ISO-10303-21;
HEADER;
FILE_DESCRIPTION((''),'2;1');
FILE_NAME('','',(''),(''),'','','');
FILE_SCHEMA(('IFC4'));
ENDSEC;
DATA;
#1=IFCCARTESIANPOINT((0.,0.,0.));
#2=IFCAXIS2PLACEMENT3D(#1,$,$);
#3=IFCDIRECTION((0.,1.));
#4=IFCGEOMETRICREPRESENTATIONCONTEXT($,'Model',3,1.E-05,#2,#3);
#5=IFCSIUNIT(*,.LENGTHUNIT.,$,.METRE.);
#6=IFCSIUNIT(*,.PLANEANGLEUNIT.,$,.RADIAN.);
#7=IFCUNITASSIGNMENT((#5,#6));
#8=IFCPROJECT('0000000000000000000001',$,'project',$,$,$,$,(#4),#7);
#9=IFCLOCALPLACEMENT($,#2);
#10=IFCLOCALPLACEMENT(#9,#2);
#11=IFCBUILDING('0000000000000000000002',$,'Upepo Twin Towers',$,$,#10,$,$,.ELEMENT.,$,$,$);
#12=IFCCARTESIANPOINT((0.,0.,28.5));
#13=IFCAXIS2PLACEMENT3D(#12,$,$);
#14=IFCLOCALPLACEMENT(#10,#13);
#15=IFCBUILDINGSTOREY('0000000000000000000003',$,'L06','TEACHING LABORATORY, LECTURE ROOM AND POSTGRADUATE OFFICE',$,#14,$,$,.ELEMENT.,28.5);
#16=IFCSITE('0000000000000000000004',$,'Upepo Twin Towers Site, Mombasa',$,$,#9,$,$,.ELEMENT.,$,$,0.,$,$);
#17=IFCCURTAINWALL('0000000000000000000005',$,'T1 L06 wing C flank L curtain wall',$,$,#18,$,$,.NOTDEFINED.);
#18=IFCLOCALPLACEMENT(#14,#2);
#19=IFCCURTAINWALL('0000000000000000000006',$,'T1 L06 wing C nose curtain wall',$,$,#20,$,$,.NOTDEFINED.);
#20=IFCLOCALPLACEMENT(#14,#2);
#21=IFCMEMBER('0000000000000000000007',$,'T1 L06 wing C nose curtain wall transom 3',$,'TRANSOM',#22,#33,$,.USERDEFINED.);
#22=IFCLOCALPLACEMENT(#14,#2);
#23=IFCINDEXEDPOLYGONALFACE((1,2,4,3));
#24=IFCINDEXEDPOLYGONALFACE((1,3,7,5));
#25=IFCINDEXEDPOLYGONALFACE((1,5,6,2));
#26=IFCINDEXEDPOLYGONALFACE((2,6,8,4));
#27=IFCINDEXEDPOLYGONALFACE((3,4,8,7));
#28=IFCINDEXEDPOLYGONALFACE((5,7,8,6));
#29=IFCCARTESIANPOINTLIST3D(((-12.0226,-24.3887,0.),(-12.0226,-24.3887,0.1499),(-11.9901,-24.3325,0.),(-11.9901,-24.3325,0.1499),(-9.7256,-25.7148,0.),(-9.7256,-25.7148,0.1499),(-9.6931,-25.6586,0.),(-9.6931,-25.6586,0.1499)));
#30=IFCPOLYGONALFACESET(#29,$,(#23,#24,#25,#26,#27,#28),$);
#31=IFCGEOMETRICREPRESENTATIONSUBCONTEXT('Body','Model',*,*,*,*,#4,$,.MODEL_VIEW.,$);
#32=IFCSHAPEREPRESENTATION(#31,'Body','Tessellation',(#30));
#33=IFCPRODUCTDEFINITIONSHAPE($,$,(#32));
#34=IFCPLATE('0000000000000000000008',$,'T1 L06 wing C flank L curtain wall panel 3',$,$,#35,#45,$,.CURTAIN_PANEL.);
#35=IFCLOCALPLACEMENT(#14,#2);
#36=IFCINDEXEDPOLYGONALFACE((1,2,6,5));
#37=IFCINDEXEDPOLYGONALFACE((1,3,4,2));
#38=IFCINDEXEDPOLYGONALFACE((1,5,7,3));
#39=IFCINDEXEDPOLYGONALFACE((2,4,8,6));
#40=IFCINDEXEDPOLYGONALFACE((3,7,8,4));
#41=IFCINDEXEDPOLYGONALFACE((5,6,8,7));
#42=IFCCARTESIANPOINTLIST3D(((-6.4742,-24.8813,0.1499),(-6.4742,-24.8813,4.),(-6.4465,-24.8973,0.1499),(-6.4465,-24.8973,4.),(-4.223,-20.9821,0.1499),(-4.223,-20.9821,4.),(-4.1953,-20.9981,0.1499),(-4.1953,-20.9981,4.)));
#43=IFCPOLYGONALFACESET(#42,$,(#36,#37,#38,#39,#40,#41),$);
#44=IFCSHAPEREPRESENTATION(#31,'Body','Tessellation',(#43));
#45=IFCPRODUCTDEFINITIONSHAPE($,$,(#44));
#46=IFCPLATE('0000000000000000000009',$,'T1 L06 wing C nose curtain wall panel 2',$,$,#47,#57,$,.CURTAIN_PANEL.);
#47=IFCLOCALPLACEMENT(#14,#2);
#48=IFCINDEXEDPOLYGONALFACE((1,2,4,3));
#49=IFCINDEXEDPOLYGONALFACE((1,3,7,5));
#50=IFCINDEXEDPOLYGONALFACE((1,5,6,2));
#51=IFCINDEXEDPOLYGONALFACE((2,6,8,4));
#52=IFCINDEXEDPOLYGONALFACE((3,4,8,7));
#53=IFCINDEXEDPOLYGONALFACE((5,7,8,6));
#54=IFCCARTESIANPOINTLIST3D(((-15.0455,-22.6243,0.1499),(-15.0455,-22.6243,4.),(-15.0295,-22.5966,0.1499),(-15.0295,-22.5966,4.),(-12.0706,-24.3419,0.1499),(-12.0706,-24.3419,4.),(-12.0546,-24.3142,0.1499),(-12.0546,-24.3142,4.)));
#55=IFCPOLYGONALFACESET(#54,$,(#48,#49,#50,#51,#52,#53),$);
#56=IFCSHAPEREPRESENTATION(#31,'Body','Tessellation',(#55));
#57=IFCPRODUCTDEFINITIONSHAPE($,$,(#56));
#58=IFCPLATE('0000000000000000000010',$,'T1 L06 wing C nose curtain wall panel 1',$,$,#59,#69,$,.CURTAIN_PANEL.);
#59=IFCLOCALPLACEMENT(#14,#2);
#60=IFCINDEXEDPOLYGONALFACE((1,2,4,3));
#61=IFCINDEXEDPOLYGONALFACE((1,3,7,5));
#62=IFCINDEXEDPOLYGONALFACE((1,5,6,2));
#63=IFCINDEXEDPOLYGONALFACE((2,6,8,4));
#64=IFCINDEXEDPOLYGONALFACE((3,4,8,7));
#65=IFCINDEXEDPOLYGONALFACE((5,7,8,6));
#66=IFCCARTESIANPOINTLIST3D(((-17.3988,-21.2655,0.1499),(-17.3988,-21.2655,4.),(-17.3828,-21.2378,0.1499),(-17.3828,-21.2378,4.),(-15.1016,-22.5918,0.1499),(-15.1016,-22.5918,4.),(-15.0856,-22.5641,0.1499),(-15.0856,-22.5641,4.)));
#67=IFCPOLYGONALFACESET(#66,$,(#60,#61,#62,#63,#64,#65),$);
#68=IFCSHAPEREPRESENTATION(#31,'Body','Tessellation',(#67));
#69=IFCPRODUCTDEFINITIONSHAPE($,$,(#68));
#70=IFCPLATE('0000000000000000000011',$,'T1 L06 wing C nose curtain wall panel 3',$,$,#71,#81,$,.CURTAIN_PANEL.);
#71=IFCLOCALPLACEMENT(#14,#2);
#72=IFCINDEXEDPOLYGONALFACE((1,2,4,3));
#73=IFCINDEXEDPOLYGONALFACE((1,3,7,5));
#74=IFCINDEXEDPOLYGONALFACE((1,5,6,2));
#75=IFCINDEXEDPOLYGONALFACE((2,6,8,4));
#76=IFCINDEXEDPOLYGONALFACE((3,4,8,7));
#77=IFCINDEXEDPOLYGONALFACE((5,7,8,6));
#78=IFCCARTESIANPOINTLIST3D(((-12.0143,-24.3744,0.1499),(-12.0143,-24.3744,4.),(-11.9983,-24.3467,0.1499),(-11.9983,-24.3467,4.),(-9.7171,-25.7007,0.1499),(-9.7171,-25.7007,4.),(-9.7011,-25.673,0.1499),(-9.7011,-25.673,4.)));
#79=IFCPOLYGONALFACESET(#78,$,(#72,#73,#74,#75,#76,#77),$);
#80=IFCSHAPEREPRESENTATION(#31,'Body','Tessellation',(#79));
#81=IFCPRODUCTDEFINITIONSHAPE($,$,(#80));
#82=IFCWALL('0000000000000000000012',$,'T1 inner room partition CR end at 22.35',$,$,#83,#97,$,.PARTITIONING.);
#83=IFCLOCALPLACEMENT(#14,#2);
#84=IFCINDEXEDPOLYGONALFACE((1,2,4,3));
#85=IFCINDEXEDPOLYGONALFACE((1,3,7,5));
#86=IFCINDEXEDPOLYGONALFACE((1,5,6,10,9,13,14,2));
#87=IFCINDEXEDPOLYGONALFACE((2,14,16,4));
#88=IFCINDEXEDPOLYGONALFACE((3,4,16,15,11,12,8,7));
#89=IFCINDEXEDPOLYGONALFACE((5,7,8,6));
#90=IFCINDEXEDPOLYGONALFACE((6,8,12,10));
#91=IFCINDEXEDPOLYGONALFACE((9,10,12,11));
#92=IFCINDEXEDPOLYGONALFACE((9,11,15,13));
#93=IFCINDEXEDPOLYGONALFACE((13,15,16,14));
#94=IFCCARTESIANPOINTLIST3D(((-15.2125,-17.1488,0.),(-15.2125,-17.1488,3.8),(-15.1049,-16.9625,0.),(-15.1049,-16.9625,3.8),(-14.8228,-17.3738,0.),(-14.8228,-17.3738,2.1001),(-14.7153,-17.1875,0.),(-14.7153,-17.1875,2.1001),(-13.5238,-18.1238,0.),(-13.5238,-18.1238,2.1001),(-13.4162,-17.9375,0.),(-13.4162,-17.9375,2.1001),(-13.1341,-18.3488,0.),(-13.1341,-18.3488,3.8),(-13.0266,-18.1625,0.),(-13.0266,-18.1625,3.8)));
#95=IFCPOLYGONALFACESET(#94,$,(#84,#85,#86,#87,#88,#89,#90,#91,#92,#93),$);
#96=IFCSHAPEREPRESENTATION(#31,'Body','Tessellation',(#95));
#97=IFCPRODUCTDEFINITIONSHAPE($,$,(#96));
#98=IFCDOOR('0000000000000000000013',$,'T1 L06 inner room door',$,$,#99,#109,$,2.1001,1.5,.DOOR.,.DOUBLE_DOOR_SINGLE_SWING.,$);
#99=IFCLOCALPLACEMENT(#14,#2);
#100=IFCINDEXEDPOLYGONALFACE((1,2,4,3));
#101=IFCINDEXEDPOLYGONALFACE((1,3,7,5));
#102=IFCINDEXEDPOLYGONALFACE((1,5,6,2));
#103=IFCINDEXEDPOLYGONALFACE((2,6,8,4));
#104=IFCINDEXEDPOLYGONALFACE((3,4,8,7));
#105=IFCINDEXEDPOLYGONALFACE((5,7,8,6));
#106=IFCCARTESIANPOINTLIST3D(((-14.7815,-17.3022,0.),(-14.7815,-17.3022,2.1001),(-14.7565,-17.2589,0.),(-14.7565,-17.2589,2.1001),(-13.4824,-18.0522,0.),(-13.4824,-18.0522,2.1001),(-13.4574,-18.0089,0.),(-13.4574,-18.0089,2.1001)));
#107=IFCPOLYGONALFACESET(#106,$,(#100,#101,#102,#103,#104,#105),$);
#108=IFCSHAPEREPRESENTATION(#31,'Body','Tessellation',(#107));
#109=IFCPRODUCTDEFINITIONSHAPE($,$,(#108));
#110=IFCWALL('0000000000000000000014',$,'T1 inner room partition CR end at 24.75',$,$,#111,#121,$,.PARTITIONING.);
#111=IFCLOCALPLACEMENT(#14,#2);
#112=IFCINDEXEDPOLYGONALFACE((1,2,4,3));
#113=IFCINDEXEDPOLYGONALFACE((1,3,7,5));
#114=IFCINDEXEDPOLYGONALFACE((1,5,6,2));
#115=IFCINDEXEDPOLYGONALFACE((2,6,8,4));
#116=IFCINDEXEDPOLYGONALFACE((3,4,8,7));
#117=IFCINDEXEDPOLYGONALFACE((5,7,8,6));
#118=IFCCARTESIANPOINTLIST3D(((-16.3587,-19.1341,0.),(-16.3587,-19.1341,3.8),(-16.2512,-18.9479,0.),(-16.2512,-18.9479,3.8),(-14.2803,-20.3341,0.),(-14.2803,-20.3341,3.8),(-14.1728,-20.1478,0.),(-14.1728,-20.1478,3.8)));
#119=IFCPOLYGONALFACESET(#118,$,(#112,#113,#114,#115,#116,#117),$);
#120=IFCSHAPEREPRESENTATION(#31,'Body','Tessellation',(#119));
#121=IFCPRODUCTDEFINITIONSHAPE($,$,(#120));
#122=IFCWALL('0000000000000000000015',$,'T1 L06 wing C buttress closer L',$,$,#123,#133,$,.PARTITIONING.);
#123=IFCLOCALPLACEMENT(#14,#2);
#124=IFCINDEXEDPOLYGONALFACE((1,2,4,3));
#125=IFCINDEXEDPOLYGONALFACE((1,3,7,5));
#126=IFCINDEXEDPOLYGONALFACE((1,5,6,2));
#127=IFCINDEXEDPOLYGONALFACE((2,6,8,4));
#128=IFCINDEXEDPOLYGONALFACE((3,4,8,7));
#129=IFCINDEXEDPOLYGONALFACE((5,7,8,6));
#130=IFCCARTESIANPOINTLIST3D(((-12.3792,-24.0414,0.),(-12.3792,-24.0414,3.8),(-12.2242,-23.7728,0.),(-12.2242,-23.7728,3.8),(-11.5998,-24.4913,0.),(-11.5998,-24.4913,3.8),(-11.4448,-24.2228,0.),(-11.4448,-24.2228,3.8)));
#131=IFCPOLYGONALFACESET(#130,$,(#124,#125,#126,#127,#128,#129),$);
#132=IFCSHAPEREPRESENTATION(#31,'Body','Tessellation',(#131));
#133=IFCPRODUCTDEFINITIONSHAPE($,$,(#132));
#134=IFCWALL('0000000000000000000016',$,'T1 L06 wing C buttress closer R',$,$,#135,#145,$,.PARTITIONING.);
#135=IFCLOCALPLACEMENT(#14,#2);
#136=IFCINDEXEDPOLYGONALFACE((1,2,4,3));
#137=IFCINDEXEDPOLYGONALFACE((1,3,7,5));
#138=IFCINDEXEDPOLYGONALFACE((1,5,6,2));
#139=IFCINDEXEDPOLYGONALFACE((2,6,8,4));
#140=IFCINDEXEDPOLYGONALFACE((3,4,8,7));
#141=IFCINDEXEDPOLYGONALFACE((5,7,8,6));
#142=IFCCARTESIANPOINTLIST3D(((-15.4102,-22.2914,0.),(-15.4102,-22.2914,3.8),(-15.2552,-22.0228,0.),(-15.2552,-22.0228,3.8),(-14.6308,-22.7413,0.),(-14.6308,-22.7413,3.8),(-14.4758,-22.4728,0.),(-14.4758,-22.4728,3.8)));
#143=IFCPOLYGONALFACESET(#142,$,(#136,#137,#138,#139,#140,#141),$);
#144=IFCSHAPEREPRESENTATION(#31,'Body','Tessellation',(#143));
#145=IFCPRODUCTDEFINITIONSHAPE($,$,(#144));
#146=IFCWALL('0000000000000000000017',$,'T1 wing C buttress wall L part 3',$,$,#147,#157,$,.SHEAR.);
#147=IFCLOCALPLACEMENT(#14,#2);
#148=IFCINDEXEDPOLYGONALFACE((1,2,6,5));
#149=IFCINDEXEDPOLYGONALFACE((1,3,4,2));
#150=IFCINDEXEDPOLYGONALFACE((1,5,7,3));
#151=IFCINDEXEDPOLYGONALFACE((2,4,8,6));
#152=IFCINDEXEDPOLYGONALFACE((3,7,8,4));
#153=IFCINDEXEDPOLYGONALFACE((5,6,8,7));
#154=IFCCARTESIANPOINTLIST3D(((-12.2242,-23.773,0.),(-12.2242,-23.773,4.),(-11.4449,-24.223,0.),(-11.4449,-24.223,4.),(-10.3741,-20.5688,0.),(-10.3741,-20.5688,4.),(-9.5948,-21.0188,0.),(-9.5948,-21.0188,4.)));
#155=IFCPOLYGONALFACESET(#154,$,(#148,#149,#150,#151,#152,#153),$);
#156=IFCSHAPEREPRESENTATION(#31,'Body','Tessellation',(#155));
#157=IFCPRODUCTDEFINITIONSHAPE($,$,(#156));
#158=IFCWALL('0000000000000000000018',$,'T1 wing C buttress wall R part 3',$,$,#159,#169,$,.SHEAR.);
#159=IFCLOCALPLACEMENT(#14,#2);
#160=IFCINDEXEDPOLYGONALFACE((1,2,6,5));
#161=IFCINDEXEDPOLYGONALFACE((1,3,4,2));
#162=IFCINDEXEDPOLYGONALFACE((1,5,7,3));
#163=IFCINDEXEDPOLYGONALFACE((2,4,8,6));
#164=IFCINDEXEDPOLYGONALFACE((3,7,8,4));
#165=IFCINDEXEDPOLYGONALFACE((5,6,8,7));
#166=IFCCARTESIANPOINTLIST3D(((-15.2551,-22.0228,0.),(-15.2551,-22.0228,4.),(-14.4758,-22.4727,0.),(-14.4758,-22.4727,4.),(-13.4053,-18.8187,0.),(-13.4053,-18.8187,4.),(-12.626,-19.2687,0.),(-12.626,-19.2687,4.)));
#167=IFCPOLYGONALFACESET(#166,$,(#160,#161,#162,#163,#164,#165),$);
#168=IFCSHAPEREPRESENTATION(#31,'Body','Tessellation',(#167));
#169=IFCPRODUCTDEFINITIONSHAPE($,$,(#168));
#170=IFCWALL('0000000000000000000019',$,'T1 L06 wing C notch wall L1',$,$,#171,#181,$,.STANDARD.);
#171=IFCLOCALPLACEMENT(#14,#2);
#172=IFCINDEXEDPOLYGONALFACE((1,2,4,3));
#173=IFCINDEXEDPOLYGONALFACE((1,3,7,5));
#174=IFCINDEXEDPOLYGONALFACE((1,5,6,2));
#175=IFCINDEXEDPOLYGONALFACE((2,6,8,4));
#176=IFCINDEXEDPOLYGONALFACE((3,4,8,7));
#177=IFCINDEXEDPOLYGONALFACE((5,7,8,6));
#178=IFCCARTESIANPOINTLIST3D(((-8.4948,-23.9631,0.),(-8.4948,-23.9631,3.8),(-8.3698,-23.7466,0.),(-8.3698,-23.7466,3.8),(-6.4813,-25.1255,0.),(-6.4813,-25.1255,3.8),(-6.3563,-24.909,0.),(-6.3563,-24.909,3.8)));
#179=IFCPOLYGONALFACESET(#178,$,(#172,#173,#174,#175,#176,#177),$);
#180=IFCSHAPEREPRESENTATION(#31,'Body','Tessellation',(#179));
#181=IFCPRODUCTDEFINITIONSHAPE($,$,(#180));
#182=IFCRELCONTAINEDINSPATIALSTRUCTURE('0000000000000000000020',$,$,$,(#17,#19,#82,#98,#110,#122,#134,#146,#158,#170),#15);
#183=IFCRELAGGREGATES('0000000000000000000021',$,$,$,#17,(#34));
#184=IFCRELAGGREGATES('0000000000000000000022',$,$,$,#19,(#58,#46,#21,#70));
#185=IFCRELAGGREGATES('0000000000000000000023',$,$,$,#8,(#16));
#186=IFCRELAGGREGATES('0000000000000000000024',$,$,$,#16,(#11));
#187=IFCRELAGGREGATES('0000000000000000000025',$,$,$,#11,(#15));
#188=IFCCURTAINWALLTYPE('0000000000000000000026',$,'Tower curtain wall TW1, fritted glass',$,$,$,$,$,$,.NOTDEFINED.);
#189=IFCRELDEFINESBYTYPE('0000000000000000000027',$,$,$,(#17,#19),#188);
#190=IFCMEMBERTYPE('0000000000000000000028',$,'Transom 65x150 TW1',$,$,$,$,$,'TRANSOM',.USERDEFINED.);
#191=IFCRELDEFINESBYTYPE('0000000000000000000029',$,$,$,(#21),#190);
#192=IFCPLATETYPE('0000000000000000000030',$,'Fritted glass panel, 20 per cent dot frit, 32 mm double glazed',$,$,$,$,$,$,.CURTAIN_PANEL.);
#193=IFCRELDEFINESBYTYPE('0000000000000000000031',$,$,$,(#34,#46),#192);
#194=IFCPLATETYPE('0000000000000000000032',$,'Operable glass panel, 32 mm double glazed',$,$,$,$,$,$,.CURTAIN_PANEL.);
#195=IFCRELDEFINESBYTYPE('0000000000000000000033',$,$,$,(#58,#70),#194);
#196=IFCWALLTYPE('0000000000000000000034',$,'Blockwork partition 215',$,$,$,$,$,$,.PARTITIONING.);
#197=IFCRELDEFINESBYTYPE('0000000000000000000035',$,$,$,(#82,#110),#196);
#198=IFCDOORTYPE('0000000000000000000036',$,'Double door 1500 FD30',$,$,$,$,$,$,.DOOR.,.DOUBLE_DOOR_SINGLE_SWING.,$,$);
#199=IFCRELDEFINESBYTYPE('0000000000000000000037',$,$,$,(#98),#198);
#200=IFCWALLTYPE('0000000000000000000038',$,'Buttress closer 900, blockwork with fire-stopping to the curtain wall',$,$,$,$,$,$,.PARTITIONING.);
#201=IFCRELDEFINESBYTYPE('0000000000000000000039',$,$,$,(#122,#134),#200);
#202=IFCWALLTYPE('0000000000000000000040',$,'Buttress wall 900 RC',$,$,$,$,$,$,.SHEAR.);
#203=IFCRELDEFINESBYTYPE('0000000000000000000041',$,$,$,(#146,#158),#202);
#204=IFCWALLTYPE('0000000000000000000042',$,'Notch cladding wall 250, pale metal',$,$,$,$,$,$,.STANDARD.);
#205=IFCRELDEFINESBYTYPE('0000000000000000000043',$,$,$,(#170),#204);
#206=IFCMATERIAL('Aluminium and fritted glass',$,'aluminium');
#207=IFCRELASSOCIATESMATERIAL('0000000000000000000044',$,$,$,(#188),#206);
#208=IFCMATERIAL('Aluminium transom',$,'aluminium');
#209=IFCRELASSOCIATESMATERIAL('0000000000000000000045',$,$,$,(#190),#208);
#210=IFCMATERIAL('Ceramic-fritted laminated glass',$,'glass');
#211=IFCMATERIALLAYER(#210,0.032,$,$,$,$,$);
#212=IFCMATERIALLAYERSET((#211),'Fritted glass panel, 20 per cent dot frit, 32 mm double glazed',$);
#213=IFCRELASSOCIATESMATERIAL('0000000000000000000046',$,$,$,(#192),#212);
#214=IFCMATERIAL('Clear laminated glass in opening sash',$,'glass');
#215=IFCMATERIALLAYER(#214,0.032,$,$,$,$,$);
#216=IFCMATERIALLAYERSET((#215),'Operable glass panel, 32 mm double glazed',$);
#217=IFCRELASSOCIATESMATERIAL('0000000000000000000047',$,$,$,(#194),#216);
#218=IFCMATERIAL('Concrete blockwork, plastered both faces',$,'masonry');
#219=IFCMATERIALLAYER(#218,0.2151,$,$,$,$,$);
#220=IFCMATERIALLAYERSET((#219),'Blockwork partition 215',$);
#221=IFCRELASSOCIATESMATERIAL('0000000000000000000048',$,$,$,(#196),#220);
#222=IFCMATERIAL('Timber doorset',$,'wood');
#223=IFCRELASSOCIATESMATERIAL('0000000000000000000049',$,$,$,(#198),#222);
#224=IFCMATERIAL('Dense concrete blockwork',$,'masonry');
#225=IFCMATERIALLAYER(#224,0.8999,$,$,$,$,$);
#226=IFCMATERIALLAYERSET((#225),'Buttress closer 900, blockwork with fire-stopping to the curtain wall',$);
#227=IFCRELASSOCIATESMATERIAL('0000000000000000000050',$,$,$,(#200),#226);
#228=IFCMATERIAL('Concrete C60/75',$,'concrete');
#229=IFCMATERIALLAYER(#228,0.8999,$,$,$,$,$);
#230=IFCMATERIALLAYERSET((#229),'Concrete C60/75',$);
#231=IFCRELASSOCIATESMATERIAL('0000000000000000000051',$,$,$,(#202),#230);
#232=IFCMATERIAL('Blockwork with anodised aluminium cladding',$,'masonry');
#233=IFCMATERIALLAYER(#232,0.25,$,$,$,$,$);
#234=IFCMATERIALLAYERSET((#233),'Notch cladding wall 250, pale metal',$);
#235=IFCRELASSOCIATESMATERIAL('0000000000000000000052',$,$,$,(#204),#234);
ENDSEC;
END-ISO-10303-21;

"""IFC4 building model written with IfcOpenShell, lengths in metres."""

from ifc_helpers import new_model, si_unit, direction, frame, frame_2d, origin, origin_2d, place, context, subcontext, project, spatial, rectangle, extrude, material, layer, layer_set, material_profile, profile_set, type_object, element, fill, aggregate, save


model = new_model("IFC4")

# Units and contexts
model_context = context("Model", 3, precision=1e-05, world=origin(), true_north=direction((0.0, 1.0)))
body_context = subcontext(model_context, "Body", "Model", "MODEL_VIEW")
ifc_project = project(units=[si_unit("LENGTHUNIT", "METRE"), si_unit("PLANEANGLEUNIT", "RADIAN")], contexts=[model_context])

# Site, building, storey
site_placement = place(None, origin())
site = spatial("IfcSite", under=ifc_project, at=site_placement, Name="Upepo Twin Towers Site, Mombasa", CompositionType="ELEMENT", RefElevation=0.0)
building_placement = place(site_placement, origin())
building = spatial("IfcBuilding", under=site, at=building_placement, Name="Upepo Twin Towers", CompositionType="ELEMENT")
storey_placement = place(building_placement, frame((0.0, 0.0, 28.5)))
storey = spatial("IfcBuildingStorey", under=building, at=storey_placement, Name="L06", Description="TEACHING LABORATORY, LECTURE ROOM AND POSTGRADUATE OFFICE", CompositionType="ELEMENT", Elevation=28.5)

# Curtain wall
ifc_material_1 = material(Name="Aluminium and fritted glass", Category="aluminium")
curtain_wall_type = type_object("IfcCurtainWallType", Name="Tower curtain wall TW1, fritted glass", PredefinedType="NOTDEFINED", material=ifc_material_1)
curtain_wall_1_placement = place(storey_placement, origin())
curtain_wall_1 = element("IfcCurtainWall", 1, at=curtain_wall_1_placement, inside=storey, type_object=curtain_wall_type, Name="T1 L06 wing C flank L curtain wall", PredefinedType="NOTDEFINED")

# Curtain wall
curtain_wall_2_placement = place(storey_placement, origin())
curtain_wall_2 = element("IfcCurtainWall", 2, at=curtain_wall_2_placement, inside=storey, type_object=curtain_wall_type, Name="T1 L06 wing C nose curtain wall", PredefinedType="NOTDEFINED")

# Member
ifc_material_2 = material(Name="Aluminium transom", Category="aluminium")
ifc_material_profile_1 = material_profile(ifc_material_2, rectangle(XDim=0.0649, YDim=0.1499, at=origin_2d()), Name="TRANSOM 65x150")
ifc_profile_set_1 = profile_set([ifc_material_profile_1], Name="Aluminium transom")
member_type_1 = type_object("IfcMemberType", Name="Transom 65x150 TW1", ElementType="TRANSOM", PredefinedType="USERDEFINED", material=ifc_profile_set_1)
member_1_placement = place(storey_placement, frame((-12.0063, -24.3606, 0.075), z_axis=(0.866037, -0.49998, 0.0), x_axis=(0.49998, 0.866037, 0.0)))
member_1 = element("IfcMember", 3, at=member_1_placement, type_object=member_type_1, Name="T1 L06 wing C nose curtain wall transom 3", ObjectType="TRANSOM", PredefinedType="USERDEFINED", context=body_context, shape_type="SweptSolid", body=[
    extrude(rectangle(XDim=0.0649, YDim=0.1499, at=origin_2d()), origin(), (0.0, 0.0, 1.0), 2.6523),
])

# Plates
ifc_material_3 = material(Name="Ceramic-fritted laminated glass", Category="glass")
ifc_layer_1 = layer(ifc_material_3, 0.032)
ifc_layer_set_1 = layer_set([ifc_layer_1], Name="Fritted glass panel, 20 per cent dot frit, 32 mm double glazed")
plate_type_1 = type_object("IfcPlateType", Name="Fritted glass panel, 20 per cent dot frit, 32 mm double glazed", PredefinedType="CURTAIN_PANEL", material=ifc_layer_set_1)
plate_1_placement = place(storey_placement, frame((-5.3347, -22.9397, 0.1499), z_axis=(0.0, 0.0, 1.0), x_axis=(-0.5, -0.866025, 0.0)))
plate_1 = element("IfcPlate", 4, at=plate_1_placement, type_object=plate_type_1, Name="T1 L06 wing C flank L curtain wall panel 3", PredefinedType="CURTAIN_PANEL", context=body_context, shape_type="SweptSolid", body=[
    extrude(rectangle(XDim=4.5024, YDim=0.032, at=origin_2d()), origin(), (0.0, 0.0, 1.0), 3.8501),
])
aggregate(curtain_wall_1, [plate_1])
plate_2_placement = place(storey_placement, frame((-13.55, -23.4692, 0.1499), z_axis=(0.0, 0.0, 1.0), x_axis=(0.866025, -0.5, 0.0)))
plate_2 = element("IfcPlate", 5, at=plate_2_placement, type_object=plate_type_1, Name="T1 L06 wing C nose curtain wall panel 2", PredefinedType="CURTAIN_PANEL", context=body_context, shape_type="SweptSolid", body=[
    extrude(rectangle(XDim=3.4351, YDim=0.032, at=origin_2d()), origin(), (0.0, 0.0, 1.0), 3.8501),
])
ifc_material_4 = material(Name="Clear laminated glass in opening sash", Category="glass")
ifc_layer_2 = layer(ifc_material_4, 0.032)
ifc_layer_set_2 = layer_set([ifc_layer_2], Name="Operable glass panel, 32 mm double glazed")
plate_type_2 = type_object("IfcPlateType", Name="Operable glass panel, 32 mm double glazed", PredefinedType="CURTAIN_PANEL", material=ifc_layer_set_2)
plate_3_placement = place(storey_placement, frame((-16.2422, -21.9148, 0.1499), z_axis=(0.0, 0.0, 1.0), x_axis=(0.866025, -0.5, 0.0)))
plate_3 = element("IfcPlate", 6, at=plate_3_placement, type_object=plate_type_2, Name="T1 L06 wing C nose curtain wall panel 1", PredefinedType="CURTAIN_PANEL", context=body_context, shape_type="SweptSolid", body=[
    extrude(rectangle(XDim=2.6526, YDim=0.032, at=origin_2d()), origin(), (0.0, 0.0, 1.0), 3.8501),
])
plate_4_placement = place(storey_placement, frame((-10.8577, -25.0237, 0.1499), z_axis=(0.0, 0.0, 1.0), x_axis=(0.866025, -0.5, 0.0)))
plate_4 = element("IfcPlate", 7, at=plate_4_placement, type_object=plate_type_2, Name="T1 L06 wing C nose curtain wall panel 3", PredefinedType="CURTAIN_PANEL", context=body_context, shape_type="SweptSolid", body=[
    extrude(rectangle(XDim=2.6526, YDim=0.032, at=origin_2d()), origin(), (0.0, 0.0, 1.0), 3.8501),
])
aggregate(curtain_wall_2, [plate_3, plate_2, member_1, plate_4])

# Wall, opening, door
ifc_material_5 = material(Name="Concrete blockwork, plastered both faces", Category="masonry")
ifc_layer_3 = layer(ifc_material_5, 0.2151)
ifc_layer_set_3 = layer_set([ifc_layer_3], Name="Blockwork partition 215")
wall_type_1 = type_object("IfcWallType", Name="Blockwork partition 215", PredefinedType="PARTITIONING", material=ifc_layer_set_3)
wall_1_placement = place(storey_placement, frame((-13.0803, -18.2556, 0.0), z_axis=(0.0, 0.0, 1.0), x_axis=(-0.866025, 0.500001, 0.0)))
wall_1 = element("IfcWall", 8, at=wall_1_placement, inside=storey, type_object=wall_type_1, Name="T1 inner room partition CR end at 22.35", PredefinedType="PARTITIONING", context=body_context, shape_type="SweptSolid", body=[
    extrude(rectangle(XDim=2.3999, YDim=0.2151, at=frame_2d((1.2, 0.0))), origin(), (0.0, 0.0, 1.0), 3.8),
])
opening_placement = place(wall_1_placement, frame((0.45, 0.0, 0.0)))
opening = element("IfcOpeningElement", 9, at=opening_placement, cuts=wall_1, PredefinedType="OPENING", context=body_context, shape_type="SweptSolid", body=[
    extrude(rectangle(XDim=1.5, YDim=2.1001, at=frame_2d((0.75, 1.05))), frame((0.0, 0.1174, 0.0), z_axis=(0.0, -1.0, 0.0), x_axis=(1.0, 0.0, 0.0)), (0.0, 0.0, 1.0), 0.2351),
])
ifc_material_6 = material(Name="Timber doorset", Category="wood")
door_type = type_object("IfcDoorType", Name="Double door 1500 FD30", OperationType="DOUBLE_DOOR_SINGLE_SWING", PredefinedType="DOOR", material=ifc_material_6)
door_placement = place(opening_placement, origin())
door = element("IfcDoor", 10, at=door_placement, inside=storey, type_object=door_type, Name="T1 L06 inner room door", OperationType="DOUBLE_DOOR_SINGLE_SWING", OverallHeight=2.1001, OverallWidth=1.5, PredefinedType="DOOR", context=body_context, shape_type="SweptSolid", body=[
    extrude(rectangle(XDim=1.5, YDim=2.1001, at=frame_2d((0.75, 1.05))), frame((0.0, 0.0249, 0.0), z_axis=(0.0, -1.0, 0.0), x_axis=(1.0, 0.0, 0.0)), (0.0, 0.0, 1.0), 0.05),
])
fill(opening, door)

# Walls
wall_2_placement = place(storey_placement, frame((-14.2266, -20.241, 0.0), z_axis=(0.0, 0.0, 1.0), x_axis=(-0.866025, 0.500001, 0.0)))
element("IfcWall", 11, at=wall_2_placement, inside=storey, type_object=wall_type_1, Name="T1 inner room partition CR end at 24.75", PredefinedType="PARTITIONING", context=body_context, shape_type="SweptSolid", body=[
    extrude(rectangle(XDim=2.3999, YDim=0.2151, at=frame_2d((1.2, 0.0))), origin(), (0.0, 0.0, 1.0), 3.8),
])
ifc_material_7 = material(Name="Dense concrete blockwork", Category="masonry")
ifc_layer_4 = layer(ifc_material_7, 0.8999)
ifc_layer_set_4 = layer_set([ifc_layer_4], Name="Buttress closer 900, blockwork with fire-stopping to the curtain wall")
wall_type_2 = type_object("IfcWallType", Name="Buttress closer 900, blockwork with fire-stopping to the curtain wall", PredefinedType="PARTITIONING", material=ifc_layer_set_4)
for number, where, z_axis, x_axis, name in (
    (12, (-11.8345, -23.9978, 0.0), (0.0, 0.0, 1.0), (-0.49995, -0.866054, 0.0), "T1 L06 wing C buttress closer L"),
    (13, (-14.8655, -22.2478, 0.0), (0.0, 0.0, 1.0), (-0.49995, -0.866054, 0.0), "T1 L06 wing C buttress closer R"),
):
    element("IfcWall", number, at=place(storey_placement, frame(where, z_axis=z_axis, x_axis=x_axis)), inside=storey, type_object=wall_type_2, Name=name, PredefinedType="PARTITIONING", context=body_context, shape_type="SweptSolid", body=[
        extrude(rectangle(XDim=0.3101, YDim=0.8999, at=frame_2d((0.155, 0.0))), origin(), (0.0, 0.0, 1.0), 3.8),
    ])
ifc_material_8 = material(Name="Concrete C60/75", Category="concrete")
ifc_layer_5 = layer(ifc_material_8, 0.8999)
ifc_layer_set_5 = layer_set([ifc_layer_5], Name="Concrete C60/75")
wall_type_3 = type_object("IfcWallType", Name="Buttress wall 900 RC", PredefinedType="SHEAR", material=ifc_layer_set_5)
wall_3_placement = place(storey_placement, frame((-9.9844, -20.7937, 0.0), z_axis=(0.0, 0.0, 1.0), x_axis=(-0.500042, -0.866001, 0.0)))
element("IfcWall", 14, at=wall_3_placement, inside=storey, type_object=wall_type_3, Name="T1 wing C buttress wall L part 3", PredefinedType="SHEAR", context=body_context, shape_type="SweptSolid", body=[
    extrude(rectangle(XDim=3.7, YDim=0.8999, at=frame_2d((1.8501, 0.0))), origin(), (0.0, 0.0, 1.0), 4.0),
])
wall_4_placement = place(storey_placement, frame((-13.0156, -19.0437, 0.0), z_axis=(0.0, 0.0, 1.0), x_axis=(-0.499993, -0.86603, 0.0)))
element("IfcWall", 15, at=wall_4_placement, inside=storey, type_object=wall_type_3, Name="T1 wing C buttress wall R part 3", PredefinedType="SHEAR", context=body_context, shape_type="SweptSolid", body=[
    extrude(rectangle(XDim=3.6997, YDim=0.8999, at=frame_2d((1.8499, 0.0))), origin(), (0.0, 0.0, 1.0), 4.0),
])
ifc_material_9 = material(Name="Blockwork with anodised aluminium cladding", Category="masonry")
ifc_layer_6 = layer(ifc_material_9, 0.25)
ifc_layer_set_6 = layer_set([ifc_layer_6], Name="Notch cladding wall 250, pale metal")
wall_type_4 = type_object("IfcWallType", Name="Notch cladding wall 250, pale metal", PredefinedType="STANDARD", material=ifc_layer_set_6)
for number, where, z_axis, x_axis, name in (
    (16, (-6.4187, -25.0173, 0.0), (0.0, 0.0, 1.0), (-0.866044, 0.499968, 0.0), "T1 L06 wing C notch wall L1"),
):
    element("IfcWall", number, at=place(storey_placement, frame(where, z_axis=z_axis, x_axis=x_axis)), inside=storey, type_object=wall_type_4, Name=name, PredefinedType="STANDARD", context=body_context, shape_type="SweptSolid", body=[
        extrude(rectangle(XDim=2.325, YDim=0.25, at=frame_2d((1.1626, 0.0))), origin(), (0.0, 0.0, 1.0), 3.8),
    ])

save(model, "model.ifc")
